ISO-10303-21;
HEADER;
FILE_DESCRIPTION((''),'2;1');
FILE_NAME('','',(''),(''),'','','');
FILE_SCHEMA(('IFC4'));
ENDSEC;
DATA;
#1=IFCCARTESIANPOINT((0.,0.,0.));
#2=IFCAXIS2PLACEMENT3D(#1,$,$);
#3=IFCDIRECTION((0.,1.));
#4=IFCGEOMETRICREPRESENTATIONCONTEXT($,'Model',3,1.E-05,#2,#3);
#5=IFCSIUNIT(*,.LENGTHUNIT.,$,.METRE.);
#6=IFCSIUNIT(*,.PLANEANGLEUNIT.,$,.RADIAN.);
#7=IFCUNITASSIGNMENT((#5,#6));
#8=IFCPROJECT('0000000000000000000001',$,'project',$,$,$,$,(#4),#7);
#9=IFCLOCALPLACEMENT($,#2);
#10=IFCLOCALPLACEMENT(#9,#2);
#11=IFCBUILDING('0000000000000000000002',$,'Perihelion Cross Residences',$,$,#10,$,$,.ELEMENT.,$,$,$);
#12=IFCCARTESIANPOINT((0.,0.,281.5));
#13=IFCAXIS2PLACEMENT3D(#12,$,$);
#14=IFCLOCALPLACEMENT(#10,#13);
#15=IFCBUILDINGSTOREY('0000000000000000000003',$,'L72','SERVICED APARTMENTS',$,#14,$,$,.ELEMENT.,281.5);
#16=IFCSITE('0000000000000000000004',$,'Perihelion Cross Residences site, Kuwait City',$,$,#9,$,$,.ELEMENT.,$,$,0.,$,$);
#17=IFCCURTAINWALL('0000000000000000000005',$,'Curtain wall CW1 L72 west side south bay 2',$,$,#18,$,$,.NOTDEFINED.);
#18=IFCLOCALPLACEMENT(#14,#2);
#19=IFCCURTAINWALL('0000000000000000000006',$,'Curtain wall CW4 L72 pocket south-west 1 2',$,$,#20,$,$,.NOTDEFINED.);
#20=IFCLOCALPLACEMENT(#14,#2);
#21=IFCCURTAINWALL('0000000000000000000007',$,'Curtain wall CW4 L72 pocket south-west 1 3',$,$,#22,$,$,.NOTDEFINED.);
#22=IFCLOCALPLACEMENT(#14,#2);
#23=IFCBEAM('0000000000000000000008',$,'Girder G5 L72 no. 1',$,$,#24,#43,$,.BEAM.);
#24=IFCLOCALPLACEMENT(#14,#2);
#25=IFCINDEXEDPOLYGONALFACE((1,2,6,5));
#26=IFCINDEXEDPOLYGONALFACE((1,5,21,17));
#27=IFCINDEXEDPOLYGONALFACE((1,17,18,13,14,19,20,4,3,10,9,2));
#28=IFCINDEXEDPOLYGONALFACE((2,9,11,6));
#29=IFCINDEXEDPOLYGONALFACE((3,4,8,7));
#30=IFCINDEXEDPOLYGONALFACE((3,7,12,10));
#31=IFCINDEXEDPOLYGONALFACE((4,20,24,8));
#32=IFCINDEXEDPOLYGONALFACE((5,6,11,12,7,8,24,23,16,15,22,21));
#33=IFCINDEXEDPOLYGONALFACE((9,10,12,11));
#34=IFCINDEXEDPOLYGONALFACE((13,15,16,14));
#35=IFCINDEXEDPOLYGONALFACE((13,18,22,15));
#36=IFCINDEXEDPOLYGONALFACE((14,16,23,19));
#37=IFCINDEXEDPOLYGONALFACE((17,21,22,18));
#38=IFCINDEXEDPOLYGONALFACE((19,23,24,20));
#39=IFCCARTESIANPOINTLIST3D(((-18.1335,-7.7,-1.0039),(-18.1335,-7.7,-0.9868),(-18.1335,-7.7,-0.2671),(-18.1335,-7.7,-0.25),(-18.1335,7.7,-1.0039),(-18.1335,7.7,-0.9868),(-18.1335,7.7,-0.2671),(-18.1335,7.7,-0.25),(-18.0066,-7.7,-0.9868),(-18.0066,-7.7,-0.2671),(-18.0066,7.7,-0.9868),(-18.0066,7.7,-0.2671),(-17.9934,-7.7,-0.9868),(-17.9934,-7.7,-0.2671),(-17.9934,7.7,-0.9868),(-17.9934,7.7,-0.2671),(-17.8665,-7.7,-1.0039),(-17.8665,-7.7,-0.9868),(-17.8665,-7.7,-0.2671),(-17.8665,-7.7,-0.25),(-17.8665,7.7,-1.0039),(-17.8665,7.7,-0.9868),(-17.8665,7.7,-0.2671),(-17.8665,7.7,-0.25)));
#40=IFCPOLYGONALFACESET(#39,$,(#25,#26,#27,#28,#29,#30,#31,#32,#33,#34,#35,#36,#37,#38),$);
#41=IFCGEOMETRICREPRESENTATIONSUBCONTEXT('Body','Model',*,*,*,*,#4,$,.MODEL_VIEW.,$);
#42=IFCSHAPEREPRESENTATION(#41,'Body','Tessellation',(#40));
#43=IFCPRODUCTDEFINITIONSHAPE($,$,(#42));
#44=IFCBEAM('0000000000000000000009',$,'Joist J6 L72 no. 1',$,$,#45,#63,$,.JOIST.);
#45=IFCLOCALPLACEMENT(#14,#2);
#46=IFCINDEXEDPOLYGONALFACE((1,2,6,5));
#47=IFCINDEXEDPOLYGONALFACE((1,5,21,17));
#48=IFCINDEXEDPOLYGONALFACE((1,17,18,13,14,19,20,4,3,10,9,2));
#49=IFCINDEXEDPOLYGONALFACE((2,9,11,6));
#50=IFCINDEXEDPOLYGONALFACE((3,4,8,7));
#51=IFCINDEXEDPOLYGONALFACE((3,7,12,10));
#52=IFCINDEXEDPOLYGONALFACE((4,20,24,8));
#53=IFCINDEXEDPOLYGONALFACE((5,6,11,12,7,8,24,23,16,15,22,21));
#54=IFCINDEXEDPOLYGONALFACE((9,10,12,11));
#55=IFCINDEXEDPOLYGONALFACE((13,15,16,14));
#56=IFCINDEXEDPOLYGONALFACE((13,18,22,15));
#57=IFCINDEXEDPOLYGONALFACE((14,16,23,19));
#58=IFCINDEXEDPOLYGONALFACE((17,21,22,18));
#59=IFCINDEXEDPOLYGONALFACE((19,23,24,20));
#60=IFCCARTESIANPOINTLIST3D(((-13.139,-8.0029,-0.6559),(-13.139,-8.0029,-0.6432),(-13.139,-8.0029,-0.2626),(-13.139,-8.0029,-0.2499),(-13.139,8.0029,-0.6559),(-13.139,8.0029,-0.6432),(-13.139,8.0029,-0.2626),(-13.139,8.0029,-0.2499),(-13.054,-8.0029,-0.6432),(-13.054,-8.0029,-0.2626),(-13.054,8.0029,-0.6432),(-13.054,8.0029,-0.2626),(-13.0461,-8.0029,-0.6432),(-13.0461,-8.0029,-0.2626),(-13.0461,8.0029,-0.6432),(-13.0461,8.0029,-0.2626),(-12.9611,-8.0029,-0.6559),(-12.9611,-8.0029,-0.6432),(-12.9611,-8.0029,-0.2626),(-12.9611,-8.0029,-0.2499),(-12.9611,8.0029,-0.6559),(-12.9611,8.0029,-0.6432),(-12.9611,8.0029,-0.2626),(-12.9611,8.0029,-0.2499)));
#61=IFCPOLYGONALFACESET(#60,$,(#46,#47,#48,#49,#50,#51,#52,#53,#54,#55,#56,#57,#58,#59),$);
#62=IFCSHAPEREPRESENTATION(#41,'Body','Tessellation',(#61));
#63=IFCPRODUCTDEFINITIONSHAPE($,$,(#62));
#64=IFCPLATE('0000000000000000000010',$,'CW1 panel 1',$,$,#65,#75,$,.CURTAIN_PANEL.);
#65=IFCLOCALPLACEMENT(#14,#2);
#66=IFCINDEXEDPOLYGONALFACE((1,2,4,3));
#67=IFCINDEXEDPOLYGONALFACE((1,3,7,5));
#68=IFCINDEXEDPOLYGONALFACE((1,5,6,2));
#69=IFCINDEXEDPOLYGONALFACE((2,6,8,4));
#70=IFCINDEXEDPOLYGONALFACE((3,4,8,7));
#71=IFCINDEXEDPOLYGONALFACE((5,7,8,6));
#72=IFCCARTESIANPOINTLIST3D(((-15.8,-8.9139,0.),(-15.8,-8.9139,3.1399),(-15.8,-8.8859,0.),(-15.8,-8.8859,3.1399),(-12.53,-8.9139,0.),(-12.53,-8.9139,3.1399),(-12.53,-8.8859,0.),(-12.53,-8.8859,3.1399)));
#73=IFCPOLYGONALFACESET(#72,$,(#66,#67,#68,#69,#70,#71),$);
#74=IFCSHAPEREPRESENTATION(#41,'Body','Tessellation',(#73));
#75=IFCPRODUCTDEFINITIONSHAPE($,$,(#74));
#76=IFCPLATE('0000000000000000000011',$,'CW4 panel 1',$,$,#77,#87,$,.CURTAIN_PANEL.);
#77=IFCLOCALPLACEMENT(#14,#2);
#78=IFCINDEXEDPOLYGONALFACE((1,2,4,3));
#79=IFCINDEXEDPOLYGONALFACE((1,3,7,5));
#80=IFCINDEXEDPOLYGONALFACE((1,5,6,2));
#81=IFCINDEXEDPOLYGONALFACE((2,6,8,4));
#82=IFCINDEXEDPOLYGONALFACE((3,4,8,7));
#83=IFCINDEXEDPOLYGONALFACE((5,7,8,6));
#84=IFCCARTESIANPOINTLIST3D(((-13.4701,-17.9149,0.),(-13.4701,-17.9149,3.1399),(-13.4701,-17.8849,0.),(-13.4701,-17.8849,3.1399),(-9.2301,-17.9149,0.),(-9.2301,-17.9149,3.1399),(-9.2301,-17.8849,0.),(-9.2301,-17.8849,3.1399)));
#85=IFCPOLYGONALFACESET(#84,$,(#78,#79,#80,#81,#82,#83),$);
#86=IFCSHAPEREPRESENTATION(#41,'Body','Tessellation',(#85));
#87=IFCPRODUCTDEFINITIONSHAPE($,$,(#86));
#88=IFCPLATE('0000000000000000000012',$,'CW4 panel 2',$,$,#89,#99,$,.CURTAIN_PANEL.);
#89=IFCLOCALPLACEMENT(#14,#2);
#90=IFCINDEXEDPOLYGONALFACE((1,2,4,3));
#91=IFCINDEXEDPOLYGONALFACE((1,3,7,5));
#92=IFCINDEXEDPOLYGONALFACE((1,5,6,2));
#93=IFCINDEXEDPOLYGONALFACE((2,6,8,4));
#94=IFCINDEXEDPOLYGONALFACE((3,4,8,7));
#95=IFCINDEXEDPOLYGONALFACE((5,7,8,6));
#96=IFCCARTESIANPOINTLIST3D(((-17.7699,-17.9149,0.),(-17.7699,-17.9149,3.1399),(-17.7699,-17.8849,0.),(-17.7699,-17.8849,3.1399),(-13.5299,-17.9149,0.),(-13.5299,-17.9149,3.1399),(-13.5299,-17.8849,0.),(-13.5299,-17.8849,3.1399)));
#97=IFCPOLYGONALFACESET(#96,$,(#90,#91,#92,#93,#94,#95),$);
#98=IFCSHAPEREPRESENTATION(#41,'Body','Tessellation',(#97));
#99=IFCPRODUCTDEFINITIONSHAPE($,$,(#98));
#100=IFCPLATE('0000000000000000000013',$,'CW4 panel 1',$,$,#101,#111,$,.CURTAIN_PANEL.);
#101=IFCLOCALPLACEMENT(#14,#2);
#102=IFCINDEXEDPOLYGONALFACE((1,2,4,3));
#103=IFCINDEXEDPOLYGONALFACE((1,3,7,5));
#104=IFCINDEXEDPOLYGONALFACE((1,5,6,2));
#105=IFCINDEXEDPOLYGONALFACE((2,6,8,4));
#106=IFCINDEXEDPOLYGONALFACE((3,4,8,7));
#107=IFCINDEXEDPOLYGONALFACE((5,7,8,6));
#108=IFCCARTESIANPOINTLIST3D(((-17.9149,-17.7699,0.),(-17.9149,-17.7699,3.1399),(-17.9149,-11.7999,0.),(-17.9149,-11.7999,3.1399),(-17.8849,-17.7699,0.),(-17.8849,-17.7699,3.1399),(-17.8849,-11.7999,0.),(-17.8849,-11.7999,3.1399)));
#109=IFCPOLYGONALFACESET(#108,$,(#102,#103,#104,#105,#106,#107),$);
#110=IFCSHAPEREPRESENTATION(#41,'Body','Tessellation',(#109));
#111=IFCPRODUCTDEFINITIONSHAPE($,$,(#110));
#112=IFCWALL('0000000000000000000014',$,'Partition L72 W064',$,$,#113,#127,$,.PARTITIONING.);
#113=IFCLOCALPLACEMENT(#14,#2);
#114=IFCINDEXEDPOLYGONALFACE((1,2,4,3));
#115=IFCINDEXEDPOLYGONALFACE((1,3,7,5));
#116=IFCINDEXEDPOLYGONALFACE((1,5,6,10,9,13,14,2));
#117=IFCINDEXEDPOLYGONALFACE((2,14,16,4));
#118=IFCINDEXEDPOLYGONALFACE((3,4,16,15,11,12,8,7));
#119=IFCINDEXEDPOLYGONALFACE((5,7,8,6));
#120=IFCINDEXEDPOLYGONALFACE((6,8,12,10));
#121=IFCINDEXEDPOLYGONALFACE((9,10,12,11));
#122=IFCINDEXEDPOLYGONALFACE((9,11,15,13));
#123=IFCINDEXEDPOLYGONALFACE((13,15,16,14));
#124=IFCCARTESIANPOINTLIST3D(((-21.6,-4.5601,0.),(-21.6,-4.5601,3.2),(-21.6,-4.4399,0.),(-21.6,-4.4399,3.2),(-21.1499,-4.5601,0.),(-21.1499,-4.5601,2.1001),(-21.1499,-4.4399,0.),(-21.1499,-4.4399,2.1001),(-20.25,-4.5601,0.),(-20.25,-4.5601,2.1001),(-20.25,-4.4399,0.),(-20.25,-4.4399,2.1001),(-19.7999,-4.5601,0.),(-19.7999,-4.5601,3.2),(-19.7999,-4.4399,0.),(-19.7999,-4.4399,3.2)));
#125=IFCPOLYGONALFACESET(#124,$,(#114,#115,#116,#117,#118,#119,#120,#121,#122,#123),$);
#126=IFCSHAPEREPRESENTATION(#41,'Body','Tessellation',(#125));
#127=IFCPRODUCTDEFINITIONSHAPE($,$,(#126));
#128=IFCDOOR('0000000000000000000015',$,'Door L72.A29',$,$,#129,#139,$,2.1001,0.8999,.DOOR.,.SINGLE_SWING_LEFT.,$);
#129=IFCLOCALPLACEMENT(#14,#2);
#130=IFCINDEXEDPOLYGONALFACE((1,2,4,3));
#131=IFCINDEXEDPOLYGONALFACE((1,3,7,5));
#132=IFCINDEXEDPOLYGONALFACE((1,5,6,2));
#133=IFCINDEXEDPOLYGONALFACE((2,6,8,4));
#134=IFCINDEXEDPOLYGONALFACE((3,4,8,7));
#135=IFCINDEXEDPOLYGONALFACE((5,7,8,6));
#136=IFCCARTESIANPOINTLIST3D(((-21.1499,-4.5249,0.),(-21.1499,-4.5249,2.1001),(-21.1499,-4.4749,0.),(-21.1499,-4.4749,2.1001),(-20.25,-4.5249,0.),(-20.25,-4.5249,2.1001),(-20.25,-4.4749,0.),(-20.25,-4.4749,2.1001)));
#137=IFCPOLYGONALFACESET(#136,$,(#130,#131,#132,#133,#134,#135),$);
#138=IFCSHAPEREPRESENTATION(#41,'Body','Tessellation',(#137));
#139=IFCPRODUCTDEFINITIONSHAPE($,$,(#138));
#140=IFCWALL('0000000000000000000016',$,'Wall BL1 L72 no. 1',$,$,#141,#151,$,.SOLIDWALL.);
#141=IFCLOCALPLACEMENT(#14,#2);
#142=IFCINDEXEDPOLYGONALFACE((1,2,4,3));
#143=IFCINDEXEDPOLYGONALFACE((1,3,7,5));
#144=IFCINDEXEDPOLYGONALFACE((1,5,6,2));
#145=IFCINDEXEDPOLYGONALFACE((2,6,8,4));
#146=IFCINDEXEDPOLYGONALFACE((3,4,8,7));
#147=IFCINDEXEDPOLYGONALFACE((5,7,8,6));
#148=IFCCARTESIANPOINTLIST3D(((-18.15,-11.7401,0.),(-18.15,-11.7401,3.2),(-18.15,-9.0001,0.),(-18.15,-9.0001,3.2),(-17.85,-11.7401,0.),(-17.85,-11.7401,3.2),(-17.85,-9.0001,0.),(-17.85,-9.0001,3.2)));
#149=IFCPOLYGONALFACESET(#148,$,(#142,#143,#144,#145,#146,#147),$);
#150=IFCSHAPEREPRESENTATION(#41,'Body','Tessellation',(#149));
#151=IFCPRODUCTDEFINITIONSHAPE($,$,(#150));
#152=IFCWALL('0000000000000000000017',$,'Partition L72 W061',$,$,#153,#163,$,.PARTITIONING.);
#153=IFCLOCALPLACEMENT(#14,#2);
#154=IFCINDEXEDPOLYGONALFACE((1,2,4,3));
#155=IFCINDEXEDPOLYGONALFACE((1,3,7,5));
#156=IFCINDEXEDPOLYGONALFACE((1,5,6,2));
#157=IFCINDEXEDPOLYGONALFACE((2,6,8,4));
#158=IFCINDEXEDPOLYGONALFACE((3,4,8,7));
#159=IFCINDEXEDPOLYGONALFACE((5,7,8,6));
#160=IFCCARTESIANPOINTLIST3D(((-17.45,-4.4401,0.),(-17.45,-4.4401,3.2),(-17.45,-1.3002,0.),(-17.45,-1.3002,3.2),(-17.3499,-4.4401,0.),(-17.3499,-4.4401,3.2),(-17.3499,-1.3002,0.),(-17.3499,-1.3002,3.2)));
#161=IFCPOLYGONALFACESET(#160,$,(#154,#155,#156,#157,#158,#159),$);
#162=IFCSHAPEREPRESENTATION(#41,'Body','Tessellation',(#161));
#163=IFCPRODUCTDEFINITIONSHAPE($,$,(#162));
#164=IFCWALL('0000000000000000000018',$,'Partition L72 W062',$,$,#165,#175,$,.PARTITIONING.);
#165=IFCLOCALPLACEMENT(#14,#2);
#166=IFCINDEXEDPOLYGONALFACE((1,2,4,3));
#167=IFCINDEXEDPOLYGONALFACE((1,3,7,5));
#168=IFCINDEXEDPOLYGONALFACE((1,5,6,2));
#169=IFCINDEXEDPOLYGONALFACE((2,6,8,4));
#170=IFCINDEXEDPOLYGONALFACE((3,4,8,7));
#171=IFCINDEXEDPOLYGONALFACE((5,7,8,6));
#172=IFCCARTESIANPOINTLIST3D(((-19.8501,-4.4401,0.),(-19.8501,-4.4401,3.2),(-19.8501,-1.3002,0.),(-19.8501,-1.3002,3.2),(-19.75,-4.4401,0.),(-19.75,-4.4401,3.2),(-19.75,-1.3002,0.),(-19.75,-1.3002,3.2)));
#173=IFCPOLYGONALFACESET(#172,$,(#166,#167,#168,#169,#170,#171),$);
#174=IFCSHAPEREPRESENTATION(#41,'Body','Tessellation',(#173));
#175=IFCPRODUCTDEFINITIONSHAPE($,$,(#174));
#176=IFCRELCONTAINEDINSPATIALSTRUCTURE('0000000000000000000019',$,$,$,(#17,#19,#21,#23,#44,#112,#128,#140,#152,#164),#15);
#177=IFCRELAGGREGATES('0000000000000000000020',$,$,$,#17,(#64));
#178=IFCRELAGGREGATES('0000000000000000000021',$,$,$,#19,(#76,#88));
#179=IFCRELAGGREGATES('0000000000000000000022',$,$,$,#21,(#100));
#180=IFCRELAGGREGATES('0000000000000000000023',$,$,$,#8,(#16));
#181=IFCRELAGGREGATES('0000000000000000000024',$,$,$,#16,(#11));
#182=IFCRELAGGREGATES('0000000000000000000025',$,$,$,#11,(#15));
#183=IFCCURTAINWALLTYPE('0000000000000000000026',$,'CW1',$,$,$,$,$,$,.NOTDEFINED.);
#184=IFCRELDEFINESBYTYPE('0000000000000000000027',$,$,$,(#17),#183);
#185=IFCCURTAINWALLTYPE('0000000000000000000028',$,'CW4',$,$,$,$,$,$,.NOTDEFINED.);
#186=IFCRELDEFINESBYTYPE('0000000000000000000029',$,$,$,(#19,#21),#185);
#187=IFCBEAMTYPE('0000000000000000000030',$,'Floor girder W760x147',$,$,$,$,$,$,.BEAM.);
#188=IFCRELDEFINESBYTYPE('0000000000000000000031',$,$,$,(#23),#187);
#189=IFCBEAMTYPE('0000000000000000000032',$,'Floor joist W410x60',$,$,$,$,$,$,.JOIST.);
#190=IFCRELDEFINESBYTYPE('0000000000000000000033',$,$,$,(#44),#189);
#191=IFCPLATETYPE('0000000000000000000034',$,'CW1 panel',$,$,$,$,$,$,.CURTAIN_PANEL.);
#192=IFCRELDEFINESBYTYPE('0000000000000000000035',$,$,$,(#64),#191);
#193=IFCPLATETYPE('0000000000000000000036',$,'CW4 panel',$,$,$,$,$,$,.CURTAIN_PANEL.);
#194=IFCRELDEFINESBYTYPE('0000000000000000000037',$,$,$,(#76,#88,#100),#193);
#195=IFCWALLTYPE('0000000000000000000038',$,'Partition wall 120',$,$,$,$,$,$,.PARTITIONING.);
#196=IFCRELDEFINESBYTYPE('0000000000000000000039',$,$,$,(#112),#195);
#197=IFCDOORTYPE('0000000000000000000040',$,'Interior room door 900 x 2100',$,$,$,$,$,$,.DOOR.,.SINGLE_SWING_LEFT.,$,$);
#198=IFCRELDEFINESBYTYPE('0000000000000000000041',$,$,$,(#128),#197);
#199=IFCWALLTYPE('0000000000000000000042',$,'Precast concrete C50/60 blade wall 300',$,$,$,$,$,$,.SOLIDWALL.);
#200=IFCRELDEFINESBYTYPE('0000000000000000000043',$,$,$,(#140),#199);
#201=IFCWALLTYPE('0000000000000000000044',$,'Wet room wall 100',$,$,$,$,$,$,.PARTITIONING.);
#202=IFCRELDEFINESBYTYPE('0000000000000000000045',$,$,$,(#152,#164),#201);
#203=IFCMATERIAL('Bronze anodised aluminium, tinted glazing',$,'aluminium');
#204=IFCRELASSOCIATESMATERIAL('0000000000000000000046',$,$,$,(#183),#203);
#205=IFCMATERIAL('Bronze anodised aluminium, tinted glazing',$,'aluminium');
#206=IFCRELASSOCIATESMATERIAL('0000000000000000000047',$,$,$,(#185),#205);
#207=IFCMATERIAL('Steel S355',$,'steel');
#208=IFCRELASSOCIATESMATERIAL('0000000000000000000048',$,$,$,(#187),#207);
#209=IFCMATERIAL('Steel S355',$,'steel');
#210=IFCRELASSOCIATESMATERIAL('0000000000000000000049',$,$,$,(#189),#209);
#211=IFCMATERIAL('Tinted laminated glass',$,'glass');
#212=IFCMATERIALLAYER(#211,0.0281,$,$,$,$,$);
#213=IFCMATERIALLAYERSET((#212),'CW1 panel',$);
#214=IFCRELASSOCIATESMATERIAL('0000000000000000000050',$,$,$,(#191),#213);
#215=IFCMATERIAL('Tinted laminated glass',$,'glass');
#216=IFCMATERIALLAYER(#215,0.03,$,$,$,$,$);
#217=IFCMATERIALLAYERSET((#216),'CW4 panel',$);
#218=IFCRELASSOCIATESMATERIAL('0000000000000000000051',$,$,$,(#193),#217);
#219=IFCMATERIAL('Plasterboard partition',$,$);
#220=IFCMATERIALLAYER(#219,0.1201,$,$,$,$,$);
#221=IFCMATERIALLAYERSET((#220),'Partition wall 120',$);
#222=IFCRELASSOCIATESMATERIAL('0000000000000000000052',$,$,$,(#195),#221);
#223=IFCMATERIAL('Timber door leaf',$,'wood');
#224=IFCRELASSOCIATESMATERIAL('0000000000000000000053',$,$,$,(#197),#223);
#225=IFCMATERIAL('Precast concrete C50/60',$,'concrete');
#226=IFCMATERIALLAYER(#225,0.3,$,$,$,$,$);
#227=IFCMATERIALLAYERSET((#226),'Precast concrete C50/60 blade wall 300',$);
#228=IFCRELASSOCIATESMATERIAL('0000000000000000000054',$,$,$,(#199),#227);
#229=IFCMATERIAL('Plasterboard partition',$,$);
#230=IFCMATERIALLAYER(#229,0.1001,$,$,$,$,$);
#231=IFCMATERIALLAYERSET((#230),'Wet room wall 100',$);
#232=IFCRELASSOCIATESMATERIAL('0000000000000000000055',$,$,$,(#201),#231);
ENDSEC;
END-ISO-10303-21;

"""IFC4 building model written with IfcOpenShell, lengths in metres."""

from ifc_helpers import new_model, si_unit, direction, frame, frame_2d, origin, origin_2d, place, context, subcontext, project, spatial, rectangle, i_section, extrude, material, layer, layer_set, material_profile, profile_set, type_object, element, fill, aggregate, save


model = new_model("IFC4")

# Units and contexts
model_context = context("Model", 3, precision=1e-05, world=origin(), true_north=direction((0.0, 1.0)))
body_context = subcontext(model_context, "Body", "Model", "MODEL_VIEW")
ifc_project = project(units=[si_unit("LENGTHUNIT", "METRE"), si_unit("PLANEANGLEUNIT", "RADIAN")], contexts=[model_context])

# Site, building, storey
site_placement = place(None, origin())
site = spatial("IfcSite", under=ifc_project, at=site_placement, Name="Perihelion Cross Residences site, Kuwait City", CompositionType="ELEMENT", RefElevation=0.0)
building_placement = place(site_placement, origin())
building = spatial("IfcBuilding", under=site, at=building_placement, Name="Perihelion Cross Residences", CompositionType="ELEMENT")
storey_placement = place(building_placement, frame((0.0, 0.0, 281.5)))
storey = spatial("IfcBuildingStorey", under=building, at=storey_placement, Name="L72", Description="SERVICED APARTMENTS", CompositionType="ELEMENT", Elevation=281.5)

# Curtain walls
ifc_material_1 = material(Name="Bronze anodised aluminium, tinted glazing", Category="aluminium")
curtain_wall_type_1 = type_object("IfcCurtainWallType", Name="CW1", PredefinedType="NOTDEFINED", material=ifc_material_1)
curtain_wall_1_placement = place(storey_placement, origin())
curtain_wall_1 = element("IfcCurtainWall", 1, at=curtain_wall_1_placement, inside=storey, type_object=curtain_wall_type_1, Name="Curtain wall CW1 L72 west side south bay 2", PredefinedType="NOTDEFINED")
ifc_material_2 = material(Name="Bronze anodised aluminium, tinted glazing", Category="aluminium")
curtain_wall_type_2 = type_object("IfcCurtainWallType", Name="CW4", PredefinedType="NOTDEFINED", material=ifc_material_2)
curtain_wall_2_placement = place(storey_placement, origin())
curtain_wall_2 = element("IfcCurtainWall", 2, at=curtain_wall_2_placement, inside=storey, type_object=curtain_wall_type_2, Name="Curtain wall CW4 L72 pocket south-west 1 2", PredefinedType="NOTDEFINED")
curtain_wall_3_placement = place(storey_placement, origin())
curtain_wall_3 = element("IfcCurtainWall", 3, at=curtain_wall_3_placement, inside=storey, type_object=curtain_wall_type_2, Name="Curtain wall CW4 L72 pocket south-west 1 3", PredefinedType="NOTDEFINED")

# Beams
ifc_material_3 = material(Name="Steel S355", Category="steel")
ifc_material_profile_1 = material_profile(ifc_material_3, i_section(OverallWidth=0.2671, OverallDepth=0.7539, WebThickness=0.0132, FlangeThickness=0.0171, at=origin_2d()), Name="W760x147")
ifc_profile_set_1 = profile_set([ifc_material_profile_1], Name="Steel S355")
beam_type_1 = type_object("IfcBeamType", Name="Floor girder W760x147", PredefinedType="BEAM", material=ifc_profile_set_1)
beam_1_placement = place(storey_placement, frame((-18.0, -7.7, -0.627), z_axis=(0.0, 1.0, 0.0), x_axis=(-1.0, 0.0, 0.0)))
element("IfcBeam", 4, at=beam_1_placement, inside=storey, type_object=beam_type_1, Name="Girder G5 L72 no. 1", PredefinedType="BEAM", context=body_context, shape_type="SweptSolid", body=[
    extrude(i_section(OverallWidth=0.2671, OverallDepth=0.7539, WebThickness=0.0132, FlangeThickness=0.0171, at=origin_2d()), origin(), (0.0, 0.0, 1.0), 15.3999),
])
ifc_material_4 = material(Name="Steel S355", Category="steel")
ifc_material_profile_2 = material_profile(ifc_material_4, i_section(OverallWidth=0.178, OverallDepth=0.406, WebThickness=0.0078, FlangeThickness=0.0127, at=origin_2d()), Name="W410x60")
ifc_profile_set_2 = profile_set([ifc_material_profile_2], Name="Steel S355")
beam_type_2 = type_object("IfcBeamType", Name="Floor joist W410x60", PredefinedType="JOIST", material=ifc_profile_set_2)
beam_2_placement = place(storey_placement, frame((-13.05, -8.0029, -0.4529), z_axis=(0.0, 1.0, 0.0), x_axis=(-1.0, 0.0, 0.0)))
element("IfcBeam", 5, at=beam_2_placement, inside=storey, type_object=beam_type_2, Name="Joist J6 L72 no. 1", PredefinedType="JOIST", context=body_context, shape_type="SweptSolid", body=[
    extrude(i_section(OverallWidth=0.178, OverallDepth=0.406, WebThickness=0.0078, FlangeThickness=0.0127, at=origin_2d()), origin(), (0.0, 0.0, 1.0), 16.0059),
])

# Plates
ifc_material_5 = material(Name="Tinted laminated glass", Category="glass")
ifc_layer_1 = layer(ifc_material_5, 0.0281)
ifc_layer_set_1 = layer_set([ifc_layer_1], Name="CW1 panel")
plate_type_1 = type_object("IfcPlateType", Name="CW1 panel", PredefinedType="CURTAIN_PANEL", material=ifc_layer_set_1)
plate_1_placement = place(storey_placement, frame((-14.165, -8.8999, 0.0), z_axis=(0.0, 0.0, 1.0), x_axis=(1.0, 0.0, 0.0)))
plate_1 = element("IfcPlate", 6, at=plate_1_placement, type_object=plate_type_1, Name="CW1 panel 1", PredefinedType="CURTAIN_PANEL", context=body_context, shape_type="SweptSolid", body=[
    extrude(rectangle(XDim=3.27, YDim=0.0281, at=origin_2d()), origin(), (0.0, 0.0, 1.0), 3.1399),
])
aggregate(curtain_wall_1, [plate_1])
ifc_material_6 = material(Name="Tinted laminated glass", Category="glass")
ifc_layer_2 = layer(ifc_material_6, 0.03)
ifc_layer_set_2 = layer_set([ifc_layer_2], Name="CW4 panel")
plate_type_2 = type_object("IfcPlateType", Name="CW4 panel", PredefinedType="CURTAIN_PANEL", material=ifc_layer_set_2)
plate_2_placement = place(storey_placement, frame((-11.3501, -17.8999, 0.0), z_axis=(0.0, 0.0, 1.0), x_axis=(-1.0, 0.0, 0.0)))
plate_2 = element("IfcPlate", 7, at=plate_2_placement, type_object=plate_type_2, Name="CW4 panel 1", PredefinedType="CURTAIN_PANEL", context=body_context, shape_type="SweptSolid", body=[
    extrude(rectangle(XDim=4.24, YDim=0.03, at=origin_2d()), origin(), (0.0, 0.0, 1.0), 3.1399),
])
plate_3_placement = place(storey_placement, frame((-15.6499, -17.8999, 0.0), z_axis=(0.0, 0.0, 1.0), x_axis=(-1.0, 0.0, 0.0)))
plate_3 = element("IfcPlate", 8, at=plate_3_placement, type_object=plate_type_2, Name="CW4 panel 2", PredefinedType="CURTAIN_PANEL", context=body_context, shape_type="SweptSolid", body=[
    extrude(rectangle(XDim=4.24, YDim=0.03, at=origin_2d()), origin(), (0.0, 0.0, 1.0), 3.1399),
])
aggregate(curtain_wall_2, [plate_2, plate_3])
plate_4_placement = place(storey_placement, frame((-17.8999, -14.7849, 0.0), z_axis=(0.0, 0.0, 1.0), x_axis=(0.0, 1.0, 0.0)))
plate_4 = element("IfcPlate", 9, at=plate_4_placement, type_object=plate_type_2, Name="CW4 panel 1", PredefinedType="CURTAIN_PANEL", context=body_context, shape_type="SweptSolid", body=[
    extrude(rectangle(XDim=5.97, YDim=0.03, at=origin_2d()), origin(), (0.0, 0.0, 1.0), 3.1399),
])
aggregate(curtain_wall_3, [plate_4])

# Wall, opening, door
ifc_material_7 = material(Name="Plasterboard partition")
ifc_layer_3 = layer(ifc_material_7, 0.1201)
ifc_layer_set_3 = layer_set([ifc_layer_3], Name="Partition wall 120")
wall_type_1 = type_object("IfcWallType", Name="Partition wall 120", PredefinedType="PARTITIONING", material=ifc_layer_set_3)
wall_1_placement = place(storey_placement, frame((-19.8, -4.5, 0.0), z_axis=(0.0, 0.0, 1.0), x_axis=(-1.0, 0.0, 0.0)))
wall_1 = element("IfcWall", 10, at=wall_1_placement, inside=storey, type_object=wall_type_1, Name="Partition L72 W064", PredefinedType="PARTITIONING", context=body_context, shape_type="SweptSolid", body=[
    extrude(rectangle(XDim=1.8, YDim=0.1201, at=frame_2d((0.8999, 0.0))), origin(), (0.0, 0.0, 1.0), 3.2),
])
opening_1_placement = place(wall_1_placement, frame((0.45, 0.0, 0.0)))
opening_1 = element("IfcOpeningElement", 11, at=opening_1_placement, cuts=wall_1, PredefinedType="OPENING", context=body_context, shape_type="SweptSolid", body=[
    extrude(rectangle(XDim=0.8999, YDim=2.1001, at=frame_2d((0.45, 1.05))), frame((0.0, 0.0701, 0.0), z_axis=(0.0, -1.0, 0.0), x_axis=(1.0, 0.0, 0.0)), (0.0, 0.0, 1.0), 0.1401),
])
ifc_material_8 = material(Name="Timber door leaf", Category="wood")
door_type_1 = type_object("IfcDoorType", Name="Interior room door 900 x 2100", OperationType="SINGLE_SWING_LEFT", PredefinedType="DOOR", material=ifc_material_8)
door_1_placement = place(opening_1_placement, origin())
door_1 = element("IfcDoor", 12, at=door_1_placement, inside=storey, type_object=door_type_1, Name="Door L72.A29", OperationType="SINGLE_SWING_LEFT", OverallHeight=2.1001, OverallWidth=0.8999, PredefinedType="DOOR", context=body_context, shape_type="SweptSolid", body=[
    extrude(rectangle(XDim=0.8999, YDim=2.1001, at=frame_2d((0.45, 1.05))), frame((0.0, 0.0249, 0.0), z_axis=(0.0, -1.0, 0.0), x_axis=(1.0, 0.0, 0.0)), (0.0, 0.0, 1.0), 0.05),
])
fill(opening_1, door_1)

# Walls
ifc_material_9 = material(Name="Precast concrete C50/60", Category="concrete")
ifc_layer_4 = layer(ifc_material_9, 0.3)
ifc_layer_set_4 = layer_set([ifc_layer_4], Name="Precast concrete C50/60 blade wall 300")
wall_type_2 = type_object("IfcWallType", Name="Precast concrete C50/60 blade wall 300", PredefinedType="SOLIDWALL", material=ifc_layer_set_4)
wall_2_placement = place(storey_placement, frame((-18.0, -9.0, 0.0), z_axis=(0.0, 0.0, 1.0), x_axis=(0.0, -1.0, 0.0)))
element("IfcWall", 13, at=wall_2_placement, inside=storey, type_object=wall_type_2, Name="Wall BL1 L72 no. 1", PredefinedType="SOLIDWALL", context=body_context, shape_type="SweptSolid", body=[
    extrude(rectangle(XDim=2.74, YDim=0.3, at=frame_2d((1.3701, 0.0))), origin(), (0.0, 0.0, 1.0), 3.2),
])
ifc_material_10 = material(Name="Plasterboard partition")
ifc_layer_5 = layer(ifc_material_10, 0.1001)
ifc_layer_set_5 = layer_set([ifc_layer_5], Name="Wet room wall 100")
wall_type_3 = type_object("IfcWallType", Name="Wet room wall 100", PredefinedType="PARTITIONING", material=ifc_layer_set_5)
for number, where, z_axis, x_axis, name in (
    (14, (-17.3999, -4.4399, 0.0), (0.0, 0.0, 1.0), (0.0, 1.0, 0.0), "Partition L72 W061"),
    (15, (-19.8, -4.4399, 0.0), (0.0, 0.0, 1.0), (0.0, 1.0, 0.0), "Partition L72 W062"),
):
    element("IfcWall", number, at=place(storey_placement, frame(where, z_axis=z_axis, x_axis=x_axis)), inside=storey, type_object=wall_type_3, Name=name, PredefinedType="PARTITIONING", context=body_context, shape_type="SweptSolid", body=[
        extrude(rectangle(XDim=3.1399, YDim=0.1001, at=frame_2d((1.5698, 0.0))), origin(), (0.0, 0.0, 1.0), 3.2),
    ])

save(model, "model.ifc")
